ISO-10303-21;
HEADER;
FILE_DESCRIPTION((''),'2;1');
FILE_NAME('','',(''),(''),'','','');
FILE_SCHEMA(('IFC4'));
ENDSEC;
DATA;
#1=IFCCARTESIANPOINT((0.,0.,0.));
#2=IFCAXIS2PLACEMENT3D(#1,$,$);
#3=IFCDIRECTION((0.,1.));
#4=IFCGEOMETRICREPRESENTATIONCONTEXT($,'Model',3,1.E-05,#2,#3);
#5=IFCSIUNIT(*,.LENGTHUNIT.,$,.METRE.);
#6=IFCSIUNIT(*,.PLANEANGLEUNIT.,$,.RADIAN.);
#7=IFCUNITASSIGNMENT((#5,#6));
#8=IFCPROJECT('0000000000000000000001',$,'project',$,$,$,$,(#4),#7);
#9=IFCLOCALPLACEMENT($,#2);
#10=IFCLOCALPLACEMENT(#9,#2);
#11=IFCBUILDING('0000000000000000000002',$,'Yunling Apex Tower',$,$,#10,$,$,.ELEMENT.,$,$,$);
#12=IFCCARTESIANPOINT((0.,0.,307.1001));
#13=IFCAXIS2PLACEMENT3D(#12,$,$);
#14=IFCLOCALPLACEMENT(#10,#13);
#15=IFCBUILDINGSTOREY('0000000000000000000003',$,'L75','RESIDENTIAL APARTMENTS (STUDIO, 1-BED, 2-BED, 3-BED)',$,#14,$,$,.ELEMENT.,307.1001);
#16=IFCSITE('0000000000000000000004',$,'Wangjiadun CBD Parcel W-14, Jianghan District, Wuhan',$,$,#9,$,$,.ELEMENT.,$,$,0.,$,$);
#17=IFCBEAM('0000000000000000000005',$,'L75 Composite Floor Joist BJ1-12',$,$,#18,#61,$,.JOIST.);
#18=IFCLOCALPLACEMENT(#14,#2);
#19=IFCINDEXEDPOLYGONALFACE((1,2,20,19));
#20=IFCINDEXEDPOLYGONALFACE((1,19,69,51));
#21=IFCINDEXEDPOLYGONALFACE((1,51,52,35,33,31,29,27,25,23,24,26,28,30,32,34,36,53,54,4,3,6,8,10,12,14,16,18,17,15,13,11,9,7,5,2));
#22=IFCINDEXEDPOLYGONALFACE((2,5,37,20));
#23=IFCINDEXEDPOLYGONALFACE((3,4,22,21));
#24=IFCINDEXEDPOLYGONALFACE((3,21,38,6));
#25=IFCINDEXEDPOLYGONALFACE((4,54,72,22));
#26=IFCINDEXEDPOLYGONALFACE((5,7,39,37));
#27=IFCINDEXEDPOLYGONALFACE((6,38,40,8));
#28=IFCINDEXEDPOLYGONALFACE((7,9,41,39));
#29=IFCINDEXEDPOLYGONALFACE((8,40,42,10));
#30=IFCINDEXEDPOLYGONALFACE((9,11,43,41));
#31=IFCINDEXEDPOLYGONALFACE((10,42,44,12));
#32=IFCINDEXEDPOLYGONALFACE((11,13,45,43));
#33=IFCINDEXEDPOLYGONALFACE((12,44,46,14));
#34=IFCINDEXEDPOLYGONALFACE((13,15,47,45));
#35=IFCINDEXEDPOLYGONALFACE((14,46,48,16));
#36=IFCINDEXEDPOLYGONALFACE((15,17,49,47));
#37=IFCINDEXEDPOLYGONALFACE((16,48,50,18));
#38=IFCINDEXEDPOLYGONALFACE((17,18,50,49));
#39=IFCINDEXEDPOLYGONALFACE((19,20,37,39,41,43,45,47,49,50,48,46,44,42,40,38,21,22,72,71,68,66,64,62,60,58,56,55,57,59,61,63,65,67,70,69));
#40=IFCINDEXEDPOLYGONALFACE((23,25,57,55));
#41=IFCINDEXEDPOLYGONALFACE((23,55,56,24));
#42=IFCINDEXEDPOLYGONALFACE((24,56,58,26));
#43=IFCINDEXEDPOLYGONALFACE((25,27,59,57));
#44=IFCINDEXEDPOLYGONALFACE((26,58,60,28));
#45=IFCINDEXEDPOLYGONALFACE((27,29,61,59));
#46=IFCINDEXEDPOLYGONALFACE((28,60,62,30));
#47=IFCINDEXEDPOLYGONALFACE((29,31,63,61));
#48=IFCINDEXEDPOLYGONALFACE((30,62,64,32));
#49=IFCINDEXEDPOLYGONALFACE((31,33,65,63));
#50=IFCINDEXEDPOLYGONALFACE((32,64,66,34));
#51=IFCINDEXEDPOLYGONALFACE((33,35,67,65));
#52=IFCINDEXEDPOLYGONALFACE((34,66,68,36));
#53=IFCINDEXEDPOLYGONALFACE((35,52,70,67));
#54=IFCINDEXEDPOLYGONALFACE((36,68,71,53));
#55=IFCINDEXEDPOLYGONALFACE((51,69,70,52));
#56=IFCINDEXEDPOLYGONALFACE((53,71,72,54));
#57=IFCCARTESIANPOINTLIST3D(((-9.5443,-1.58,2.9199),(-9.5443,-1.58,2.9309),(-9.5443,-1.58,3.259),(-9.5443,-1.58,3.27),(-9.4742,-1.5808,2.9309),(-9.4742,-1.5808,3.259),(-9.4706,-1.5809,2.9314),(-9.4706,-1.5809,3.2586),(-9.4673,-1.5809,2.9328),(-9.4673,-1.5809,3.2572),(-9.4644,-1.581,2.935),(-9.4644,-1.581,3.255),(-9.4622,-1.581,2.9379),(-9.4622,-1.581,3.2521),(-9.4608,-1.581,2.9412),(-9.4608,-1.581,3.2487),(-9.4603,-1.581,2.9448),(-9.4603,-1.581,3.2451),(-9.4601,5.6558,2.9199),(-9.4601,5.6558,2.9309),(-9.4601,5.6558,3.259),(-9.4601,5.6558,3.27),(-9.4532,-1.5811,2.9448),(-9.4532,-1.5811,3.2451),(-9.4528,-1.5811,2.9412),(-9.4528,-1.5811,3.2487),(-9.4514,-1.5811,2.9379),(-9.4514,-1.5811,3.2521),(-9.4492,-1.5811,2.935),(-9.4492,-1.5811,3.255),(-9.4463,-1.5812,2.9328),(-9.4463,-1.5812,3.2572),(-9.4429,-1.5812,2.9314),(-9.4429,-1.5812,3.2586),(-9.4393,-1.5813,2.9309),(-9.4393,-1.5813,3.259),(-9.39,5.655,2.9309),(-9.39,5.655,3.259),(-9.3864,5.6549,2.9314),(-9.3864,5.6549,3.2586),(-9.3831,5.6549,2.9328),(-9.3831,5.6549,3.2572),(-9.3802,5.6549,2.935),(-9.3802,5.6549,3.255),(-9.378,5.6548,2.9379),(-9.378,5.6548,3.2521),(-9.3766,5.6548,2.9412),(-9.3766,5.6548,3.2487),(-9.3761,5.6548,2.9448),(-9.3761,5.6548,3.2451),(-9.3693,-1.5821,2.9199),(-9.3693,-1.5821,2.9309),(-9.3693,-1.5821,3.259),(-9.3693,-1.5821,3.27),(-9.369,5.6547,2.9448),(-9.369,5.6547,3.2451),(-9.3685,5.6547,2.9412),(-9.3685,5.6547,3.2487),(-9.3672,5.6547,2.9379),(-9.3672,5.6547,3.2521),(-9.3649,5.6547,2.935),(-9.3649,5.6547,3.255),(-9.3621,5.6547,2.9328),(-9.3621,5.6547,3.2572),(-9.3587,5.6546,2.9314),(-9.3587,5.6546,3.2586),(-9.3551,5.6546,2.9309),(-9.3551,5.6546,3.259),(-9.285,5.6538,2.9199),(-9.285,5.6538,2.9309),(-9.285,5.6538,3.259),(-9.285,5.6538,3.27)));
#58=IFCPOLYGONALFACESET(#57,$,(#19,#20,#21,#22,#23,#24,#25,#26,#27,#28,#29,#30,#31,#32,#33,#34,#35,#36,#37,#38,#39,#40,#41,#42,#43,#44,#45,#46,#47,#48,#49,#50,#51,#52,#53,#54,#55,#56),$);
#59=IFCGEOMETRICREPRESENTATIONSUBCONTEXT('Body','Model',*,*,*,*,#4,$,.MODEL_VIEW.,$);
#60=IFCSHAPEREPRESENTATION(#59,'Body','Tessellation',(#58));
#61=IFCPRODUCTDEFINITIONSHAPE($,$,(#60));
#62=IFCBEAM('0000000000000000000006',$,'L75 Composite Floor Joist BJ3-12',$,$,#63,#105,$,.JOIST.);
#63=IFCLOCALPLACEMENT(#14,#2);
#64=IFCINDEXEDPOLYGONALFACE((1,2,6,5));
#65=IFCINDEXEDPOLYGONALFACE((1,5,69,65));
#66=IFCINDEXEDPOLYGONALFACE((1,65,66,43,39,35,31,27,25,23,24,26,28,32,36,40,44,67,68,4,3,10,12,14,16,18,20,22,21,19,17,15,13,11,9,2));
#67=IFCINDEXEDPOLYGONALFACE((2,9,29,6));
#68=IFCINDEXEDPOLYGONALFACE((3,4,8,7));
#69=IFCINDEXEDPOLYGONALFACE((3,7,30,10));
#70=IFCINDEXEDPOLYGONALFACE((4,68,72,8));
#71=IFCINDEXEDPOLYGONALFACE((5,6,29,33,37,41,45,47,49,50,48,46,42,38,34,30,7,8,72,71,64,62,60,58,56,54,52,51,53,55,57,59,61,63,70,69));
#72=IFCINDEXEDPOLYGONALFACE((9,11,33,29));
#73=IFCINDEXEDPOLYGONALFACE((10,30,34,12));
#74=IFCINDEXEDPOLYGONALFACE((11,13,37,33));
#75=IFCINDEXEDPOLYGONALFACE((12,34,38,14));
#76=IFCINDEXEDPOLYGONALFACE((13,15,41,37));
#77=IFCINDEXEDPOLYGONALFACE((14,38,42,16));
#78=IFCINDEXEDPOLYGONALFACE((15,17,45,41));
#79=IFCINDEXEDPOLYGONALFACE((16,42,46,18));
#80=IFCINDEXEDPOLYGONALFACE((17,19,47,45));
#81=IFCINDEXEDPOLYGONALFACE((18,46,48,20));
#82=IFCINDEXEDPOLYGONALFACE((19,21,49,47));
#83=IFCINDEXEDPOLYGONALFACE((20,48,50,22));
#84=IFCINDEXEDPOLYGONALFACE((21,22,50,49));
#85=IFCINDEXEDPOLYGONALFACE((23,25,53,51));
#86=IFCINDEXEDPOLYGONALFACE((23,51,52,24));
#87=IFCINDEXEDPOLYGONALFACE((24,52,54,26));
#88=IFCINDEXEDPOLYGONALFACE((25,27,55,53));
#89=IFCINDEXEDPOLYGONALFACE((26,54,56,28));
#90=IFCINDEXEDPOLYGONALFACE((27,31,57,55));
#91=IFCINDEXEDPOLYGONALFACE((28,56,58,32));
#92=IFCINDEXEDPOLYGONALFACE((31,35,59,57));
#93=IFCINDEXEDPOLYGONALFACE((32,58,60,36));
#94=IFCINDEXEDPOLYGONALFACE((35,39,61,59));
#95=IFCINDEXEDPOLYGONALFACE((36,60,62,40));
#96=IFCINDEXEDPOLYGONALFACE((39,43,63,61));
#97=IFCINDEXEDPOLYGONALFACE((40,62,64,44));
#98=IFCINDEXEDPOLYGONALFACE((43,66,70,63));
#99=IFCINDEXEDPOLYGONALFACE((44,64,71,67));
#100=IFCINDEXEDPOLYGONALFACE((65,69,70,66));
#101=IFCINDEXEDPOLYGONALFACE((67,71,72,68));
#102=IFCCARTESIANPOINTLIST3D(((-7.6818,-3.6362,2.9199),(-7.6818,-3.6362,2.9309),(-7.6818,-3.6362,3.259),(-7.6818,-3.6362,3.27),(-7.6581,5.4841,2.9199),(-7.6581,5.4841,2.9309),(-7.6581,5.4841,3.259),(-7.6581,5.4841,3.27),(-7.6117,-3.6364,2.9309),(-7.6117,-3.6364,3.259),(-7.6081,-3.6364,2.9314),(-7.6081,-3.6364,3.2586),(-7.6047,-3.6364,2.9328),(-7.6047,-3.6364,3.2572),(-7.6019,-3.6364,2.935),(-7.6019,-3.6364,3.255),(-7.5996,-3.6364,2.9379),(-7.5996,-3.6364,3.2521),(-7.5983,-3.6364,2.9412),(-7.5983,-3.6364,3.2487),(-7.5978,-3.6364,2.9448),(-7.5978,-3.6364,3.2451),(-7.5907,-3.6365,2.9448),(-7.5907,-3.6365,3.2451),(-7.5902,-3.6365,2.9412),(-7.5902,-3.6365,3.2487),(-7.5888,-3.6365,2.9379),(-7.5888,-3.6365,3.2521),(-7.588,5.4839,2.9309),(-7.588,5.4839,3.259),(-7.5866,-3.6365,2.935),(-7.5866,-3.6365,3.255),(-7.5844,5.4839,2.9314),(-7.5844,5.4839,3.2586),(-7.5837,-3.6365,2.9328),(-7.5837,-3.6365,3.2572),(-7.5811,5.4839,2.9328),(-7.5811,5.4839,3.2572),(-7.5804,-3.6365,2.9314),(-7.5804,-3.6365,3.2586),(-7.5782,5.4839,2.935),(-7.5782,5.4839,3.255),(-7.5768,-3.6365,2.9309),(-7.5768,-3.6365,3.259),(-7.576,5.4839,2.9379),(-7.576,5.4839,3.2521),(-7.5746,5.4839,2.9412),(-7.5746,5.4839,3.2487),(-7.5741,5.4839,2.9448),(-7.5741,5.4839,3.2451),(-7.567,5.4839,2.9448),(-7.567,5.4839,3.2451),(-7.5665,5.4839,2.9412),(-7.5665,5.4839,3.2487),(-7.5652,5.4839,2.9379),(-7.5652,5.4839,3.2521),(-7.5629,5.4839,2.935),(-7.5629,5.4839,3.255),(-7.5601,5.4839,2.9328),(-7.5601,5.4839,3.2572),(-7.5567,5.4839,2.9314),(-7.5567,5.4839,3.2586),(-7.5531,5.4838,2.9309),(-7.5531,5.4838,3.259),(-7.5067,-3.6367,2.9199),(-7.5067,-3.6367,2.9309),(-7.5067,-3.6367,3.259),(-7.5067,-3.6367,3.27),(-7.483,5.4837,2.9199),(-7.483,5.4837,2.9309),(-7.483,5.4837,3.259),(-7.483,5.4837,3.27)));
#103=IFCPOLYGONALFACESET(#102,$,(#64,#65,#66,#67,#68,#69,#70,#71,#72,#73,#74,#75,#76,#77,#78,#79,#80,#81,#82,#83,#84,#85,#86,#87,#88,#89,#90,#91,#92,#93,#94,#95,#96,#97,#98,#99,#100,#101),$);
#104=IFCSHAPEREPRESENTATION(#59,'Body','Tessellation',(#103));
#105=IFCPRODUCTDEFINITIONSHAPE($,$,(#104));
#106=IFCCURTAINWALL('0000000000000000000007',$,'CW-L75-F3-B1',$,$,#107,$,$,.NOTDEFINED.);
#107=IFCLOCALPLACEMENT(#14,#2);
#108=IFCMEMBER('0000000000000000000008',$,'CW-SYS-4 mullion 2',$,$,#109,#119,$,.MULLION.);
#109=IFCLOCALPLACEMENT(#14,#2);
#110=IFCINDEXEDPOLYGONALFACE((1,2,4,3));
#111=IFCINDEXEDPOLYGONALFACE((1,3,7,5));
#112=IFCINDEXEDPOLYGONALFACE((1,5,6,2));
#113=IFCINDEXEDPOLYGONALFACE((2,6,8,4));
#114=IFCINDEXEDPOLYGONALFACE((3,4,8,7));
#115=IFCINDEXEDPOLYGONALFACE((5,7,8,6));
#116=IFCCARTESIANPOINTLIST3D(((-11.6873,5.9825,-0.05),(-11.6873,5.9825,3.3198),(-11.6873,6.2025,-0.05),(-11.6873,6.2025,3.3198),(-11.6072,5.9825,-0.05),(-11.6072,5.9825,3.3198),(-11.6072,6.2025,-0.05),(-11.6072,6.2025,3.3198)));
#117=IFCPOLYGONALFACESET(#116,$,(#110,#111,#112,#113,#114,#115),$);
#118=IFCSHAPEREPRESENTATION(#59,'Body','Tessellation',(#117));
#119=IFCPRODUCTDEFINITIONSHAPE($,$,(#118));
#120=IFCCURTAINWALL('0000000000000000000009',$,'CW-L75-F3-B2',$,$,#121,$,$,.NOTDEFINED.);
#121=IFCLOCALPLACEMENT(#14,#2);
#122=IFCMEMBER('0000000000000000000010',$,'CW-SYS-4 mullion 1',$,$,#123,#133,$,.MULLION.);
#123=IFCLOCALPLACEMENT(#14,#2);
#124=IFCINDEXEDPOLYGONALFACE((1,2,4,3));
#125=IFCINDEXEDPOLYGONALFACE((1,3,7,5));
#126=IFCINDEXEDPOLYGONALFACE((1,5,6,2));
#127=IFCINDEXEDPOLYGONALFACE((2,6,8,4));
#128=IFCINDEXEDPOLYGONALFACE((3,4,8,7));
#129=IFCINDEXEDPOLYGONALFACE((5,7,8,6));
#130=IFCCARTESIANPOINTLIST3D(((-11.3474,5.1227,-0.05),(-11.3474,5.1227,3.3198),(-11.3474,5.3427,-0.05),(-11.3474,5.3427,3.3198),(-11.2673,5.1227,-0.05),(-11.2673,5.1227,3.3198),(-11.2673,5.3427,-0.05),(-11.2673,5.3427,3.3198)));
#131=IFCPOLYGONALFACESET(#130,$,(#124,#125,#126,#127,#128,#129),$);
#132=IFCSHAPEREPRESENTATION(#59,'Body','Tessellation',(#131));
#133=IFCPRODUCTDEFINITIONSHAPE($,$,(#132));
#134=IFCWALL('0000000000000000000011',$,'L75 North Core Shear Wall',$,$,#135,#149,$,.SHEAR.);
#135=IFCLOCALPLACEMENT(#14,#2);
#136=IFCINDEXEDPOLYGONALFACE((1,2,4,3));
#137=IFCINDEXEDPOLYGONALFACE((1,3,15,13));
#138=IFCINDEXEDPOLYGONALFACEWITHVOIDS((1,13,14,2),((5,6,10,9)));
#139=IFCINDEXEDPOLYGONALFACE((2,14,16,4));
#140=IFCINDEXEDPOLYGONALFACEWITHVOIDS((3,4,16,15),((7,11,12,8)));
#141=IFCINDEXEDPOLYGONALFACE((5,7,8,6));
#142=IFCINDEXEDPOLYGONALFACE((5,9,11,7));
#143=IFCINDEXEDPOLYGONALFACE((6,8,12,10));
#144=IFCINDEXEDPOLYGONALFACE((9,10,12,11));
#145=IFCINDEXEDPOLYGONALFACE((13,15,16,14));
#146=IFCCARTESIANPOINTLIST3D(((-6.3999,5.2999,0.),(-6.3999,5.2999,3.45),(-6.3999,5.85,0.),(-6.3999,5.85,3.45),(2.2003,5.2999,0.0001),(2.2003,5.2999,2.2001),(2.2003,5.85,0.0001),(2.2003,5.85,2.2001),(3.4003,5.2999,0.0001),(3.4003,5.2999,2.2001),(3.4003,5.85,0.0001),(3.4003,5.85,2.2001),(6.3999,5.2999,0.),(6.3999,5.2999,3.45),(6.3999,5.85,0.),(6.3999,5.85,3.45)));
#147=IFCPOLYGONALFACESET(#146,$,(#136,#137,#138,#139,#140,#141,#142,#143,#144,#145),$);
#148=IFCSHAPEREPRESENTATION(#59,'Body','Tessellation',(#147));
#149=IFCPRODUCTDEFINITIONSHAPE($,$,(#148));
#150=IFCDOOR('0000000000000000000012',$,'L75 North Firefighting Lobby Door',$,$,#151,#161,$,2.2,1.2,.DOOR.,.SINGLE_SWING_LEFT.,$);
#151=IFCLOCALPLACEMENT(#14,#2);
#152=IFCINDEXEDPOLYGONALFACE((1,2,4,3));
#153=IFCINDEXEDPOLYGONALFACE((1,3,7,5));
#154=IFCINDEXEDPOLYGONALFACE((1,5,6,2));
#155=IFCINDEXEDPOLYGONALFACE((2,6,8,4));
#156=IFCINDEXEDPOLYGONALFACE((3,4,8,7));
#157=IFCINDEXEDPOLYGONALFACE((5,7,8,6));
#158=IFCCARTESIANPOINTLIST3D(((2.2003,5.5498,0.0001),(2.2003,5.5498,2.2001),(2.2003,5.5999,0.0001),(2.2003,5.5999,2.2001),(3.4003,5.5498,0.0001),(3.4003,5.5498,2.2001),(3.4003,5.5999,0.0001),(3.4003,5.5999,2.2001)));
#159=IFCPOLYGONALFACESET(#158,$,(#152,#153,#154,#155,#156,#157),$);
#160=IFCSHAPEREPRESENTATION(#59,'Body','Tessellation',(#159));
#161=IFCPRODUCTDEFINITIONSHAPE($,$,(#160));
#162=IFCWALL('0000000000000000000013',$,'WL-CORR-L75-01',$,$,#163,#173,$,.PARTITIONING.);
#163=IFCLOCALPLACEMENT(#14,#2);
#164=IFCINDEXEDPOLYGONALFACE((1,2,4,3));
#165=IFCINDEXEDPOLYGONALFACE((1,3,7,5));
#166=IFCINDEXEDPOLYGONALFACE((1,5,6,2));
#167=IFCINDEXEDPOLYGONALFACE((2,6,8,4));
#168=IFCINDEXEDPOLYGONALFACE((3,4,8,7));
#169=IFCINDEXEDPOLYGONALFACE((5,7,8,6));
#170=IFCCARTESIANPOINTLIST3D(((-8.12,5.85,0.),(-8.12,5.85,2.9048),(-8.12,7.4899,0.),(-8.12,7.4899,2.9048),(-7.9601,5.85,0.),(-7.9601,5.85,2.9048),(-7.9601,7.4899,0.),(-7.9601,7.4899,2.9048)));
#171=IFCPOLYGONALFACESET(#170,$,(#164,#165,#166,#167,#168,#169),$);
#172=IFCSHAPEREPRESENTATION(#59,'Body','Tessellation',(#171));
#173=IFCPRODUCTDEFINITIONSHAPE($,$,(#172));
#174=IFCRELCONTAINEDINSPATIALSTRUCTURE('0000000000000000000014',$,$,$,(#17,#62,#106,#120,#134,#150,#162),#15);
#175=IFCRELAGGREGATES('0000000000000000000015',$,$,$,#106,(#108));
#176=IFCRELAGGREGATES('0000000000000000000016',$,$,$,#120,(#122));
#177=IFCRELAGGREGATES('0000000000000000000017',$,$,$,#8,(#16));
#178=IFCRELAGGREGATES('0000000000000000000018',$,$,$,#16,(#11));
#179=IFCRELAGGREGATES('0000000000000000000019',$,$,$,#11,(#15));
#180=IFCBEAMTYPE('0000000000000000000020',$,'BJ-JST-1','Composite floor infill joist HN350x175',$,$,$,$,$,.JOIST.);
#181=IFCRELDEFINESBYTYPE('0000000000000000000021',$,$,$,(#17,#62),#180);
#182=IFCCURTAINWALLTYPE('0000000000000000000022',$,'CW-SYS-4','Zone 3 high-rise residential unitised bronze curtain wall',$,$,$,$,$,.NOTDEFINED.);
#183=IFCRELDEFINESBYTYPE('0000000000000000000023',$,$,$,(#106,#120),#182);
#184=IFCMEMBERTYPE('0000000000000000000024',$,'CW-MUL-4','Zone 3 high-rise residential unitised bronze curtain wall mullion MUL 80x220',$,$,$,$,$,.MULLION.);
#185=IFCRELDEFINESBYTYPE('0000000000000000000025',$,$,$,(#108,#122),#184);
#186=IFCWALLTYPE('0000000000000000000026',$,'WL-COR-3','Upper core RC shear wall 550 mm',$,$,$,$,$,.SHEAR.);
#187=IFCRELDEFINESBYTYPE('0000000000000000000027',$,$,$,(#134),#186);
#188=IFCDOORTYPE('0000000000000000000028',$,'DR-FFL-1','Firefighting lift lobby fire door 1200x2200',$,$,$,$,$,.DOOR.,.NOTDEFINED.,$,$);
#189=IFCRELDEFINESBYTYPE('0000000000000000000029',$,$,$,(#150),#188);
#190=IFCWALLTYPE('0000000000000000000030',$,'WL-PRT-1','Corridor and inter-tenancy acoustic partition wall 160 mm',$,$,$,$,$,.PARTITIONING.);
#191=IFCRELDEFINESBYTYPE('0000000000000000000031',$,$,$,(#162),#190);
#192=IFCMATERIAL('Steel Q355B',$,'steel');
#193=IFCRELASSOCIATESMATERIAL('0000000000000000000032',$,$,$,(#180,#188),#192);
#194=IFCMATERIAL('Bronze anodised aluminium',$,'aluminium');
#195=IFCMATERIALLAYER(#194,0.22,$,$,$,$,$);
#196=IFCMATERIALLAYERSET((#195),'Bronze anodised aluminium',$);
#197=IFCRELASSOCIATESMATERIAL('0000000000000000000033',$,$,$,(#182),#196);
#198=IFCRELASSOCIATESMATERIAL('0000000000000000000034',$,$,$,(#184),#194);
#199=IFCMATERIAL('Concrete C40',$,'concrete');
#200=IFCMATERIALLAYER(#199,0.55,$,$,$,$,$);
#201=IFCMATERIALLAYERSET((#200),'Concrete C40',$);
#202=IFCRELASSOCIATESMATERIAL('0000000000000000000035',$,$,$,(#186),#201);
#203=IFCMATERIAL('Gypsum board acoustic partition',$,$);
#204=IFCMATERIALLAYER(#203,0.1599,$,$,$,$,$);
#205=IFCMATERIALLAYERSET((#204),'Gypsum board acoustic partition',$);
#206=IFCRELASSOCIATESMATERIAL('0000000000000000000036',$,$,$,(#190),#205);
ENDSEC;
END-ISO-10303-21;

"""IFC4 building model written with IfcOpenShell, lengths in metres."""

from ifc_helpers import new_model, si_unit, direction, frame, frame_2d, origin, origin_2d, place, context, subcontext, project, spatial, rectangle, i_section, extrude, source, transform, mapped, material, layer, layer_set, material_profile, profile_set, type_object, element, fill, aggregate, save


model = new_model("IFC4")

# Units and contexts
model_context = context("Model", 3, precision=1e-05, world=origin(), true_north=direction((0.0, 1.0)))
body_context = subcontext(model_context, "Body", "Model", "MODEL_VIEW")
ifc_project = project(units=[si_unit("LENGTHUNIT", "METRE"), si_unit("PLANEANGLEUNIT", "RADIAN")], contexts=[model_context])

# Site, building, storey
site_placement = place(None, origin())
site = spatial("IfcSite", under=ifc_project, at=site_placement, Name="Wangjiadun CBD Parcel W-14, Jianghan District, Wuhan", CompositionType="ELEMENT", RefElevation=0.0)
building_placement = place(site_placement, origin())
building = spatial("IfcBuilding", under=site, at=building_placement, Name="Yunling Apex Tower", CompositionType="ELEMENT")
storey_placement = place(building_placement, frame((0.0, 0.0, 307.1001)))
storey = spatial("IfcBuildingStorey", under=building, at=storey_placement, Name="L75", Description="RESIDENTIAL APARTMENTS (STUDIO, 1-BED, 2-BED, 3-BED)", CompositionType="ELEMENT", Elevation=307.1001)

# Shared definitions
ifc_material_1 = material(Name="Steel Q355B", Category="steel")

# Beams
ifc_material_profile_1 = material_profile(ifc_material_1, i_section(OverallWidth=0.175, OverallDepth=0.3501, WebThickness=0.0071, FlangeThickness=0.011, FilletRadius=0.0139, at=origin_2d()))
ifc_profile_set_1 = profile_set([ifc_material_profile_1], Name="Steel Q355B")
beam_type_1 = type_object("IfcBeamType", Name="BJ-JST-1", Description="Composite floor infill joist HN350x175", PredefinedType="JOIST", material=ifc_profile_set_1)
shared_shape_1 = source(origin(), body_context, "Body", "SweptSolid", [
    extrude(i_section(OverallWidth=0.175, OverallDepth=0.3501, WebThickness=0.0071, FlangeThickness=0.011, FilletRadius=0.0139, at=origin_2d()), origin(), (0.0, 0.0, 1.0), 7.2363),
])
beam_1_placement = place(storey_placement, frame((-9.3726, 5.6548, 3.095), z_axis=(-0.01164, -0.999932, 0.0), x_axis=(0.999932, -0.01164, 0.0)))
element("IfcBeam", 1, at=beam_1_placement, inside=storey, type_object=beam_type_1, Name="L75 Composite Floor Joist BJ1-12", PredefinedType="JOIST", context=body_context, shape_type="MappedRepresentation", body=[
    mapped(shared_shape_1, transform((0.0, 0.0, 0.0), scale=1.0)),
])
shared_shape_2 = source(origin(), body_context, "Body", "SweptSolid", [
    extrude(i_section(OverallWidth=0.175, OverallDepth=0.3501, WebThickness=0.0071, FlangeThickness=0.011, FilletRadius=0.0139, at=origin_2d()), origin(), (0.0, 0.0, 1.0), 9.1204),
])
beam_2_placement = place(storey_placement, frame((-7.5706, 5.4839, 3.095), z_axis=(-0.002597, -0.999997, 0.0), x_axis=(0.999997, -0.002597, 0.0)))
element("IfcBeam", 2, at=beam_2_placement, inside=storey, type_object=beam_type_1, Name="L75 Composite Floor Joist BJ3-12", PredefinedType="JOIST", context=body_context, shape_type="MappedRepresentation", body=[
    mapped(shared_shape_2, transform((0.0, 0.0, 0.0), scale=1.0)),
])

# Curtain walls, members
ifc_material_2 = material(Name="Bronze anodised aluminium", Category="aluminium")
ifc_layer_1 = layer(ifc_material_2, 0.22)
ifc_layer_set_1 = layer_set([ifc_layer_1], Name="Bronze anodised aluminium")
curtain_wall_type = type_object("IfcCurtainWallType", Name="CW-SYS-4", Description="Zone 3 high-rise residential unitised bronze curtain wall", PredefinedType="NOTDEFINED", material=ifc_layer_set_1)
curtain_wall_1_placement = place(storey_placement, origin())
curtain_wall_1 = element("IfcCurtainWall", 3, at=curtain_wall_1_placement, inside=storey, type_object=curtain_wall_type, Name="CW-L75-F3-B1", PredefinedType="NOTDEFINED")
ifc_material_profile_2 = material_profile(ifc_material_2, rectangle(XDim=0.0801, YDim=0.22, at=origin_2d()))
ifc_profile_set_2 = profile_set([ifc_material_profile_2], Name="Bronze anodised aluminium")
member_type = type_object("IfcMemberType", Name="CW-MUL-4", Description="Zone 3 high-rise residential unitised bronze curtain wall mullion MUL 80x220", PredefinedType="MULLION", material=ifc_profile_set_2)
shared_shape_3 = source(origin(), body_context, "Body", "SweptSolid", [
    extrude(rectangle(XDim=0.0801, YDim=0.22, at=origin_2d()), origin(), (0.0, 0.0, 1.0), 3.3699),
])
member_1_placement = place(storey_placement, frame((-11.6472, 6.0925, -0.05), z_axis=(0.0, 0.0, 1.0), x_axis=(1.0, 0.0, 0.0)))
member_1 = element("IfcMember", 4, at=member_1_placement, type_object=member_type, Name="CW-SYS-4 mullion 2", PredefinedType="MULLION", context=body_context, shape_type="MappedRepresentation", body=[
    mapped(shared_shape_3, transform((0.0, 0.0, 0.0), scale=1.0)),
])
aggregate(curtain_wall_1, [member_1])
curtain_wall_2_placement = place(storey_placement, origin())
curtain_wall_2 = element("IfcCurtainWall", 5, at=curtain_wall_2_placement, inside=storey, type_object=curtain_wall_type, Name="CW-L75-F3-B2", PredefinedType="NOTDEFINED")
member_2_placement = place(storey_placement, frame((-11.3074, 5.2327, -0.05), z_axis=(0.0, 0.0, 1.0), x_axis=(1.0, 0.0, 0.0)))
member_2 = element("IfcMember", 6, at=member_2_placement, type_object=member_type, Name="CW-SYS-4 mullion 1", PredefinedType="MULLION", context=body_context, shape_type="MappedRepresentation", body=[
    mapped(shared_shape_3, transform((0.0, 0.0, 0.0), scale=1.0)),
])
aggregate(curtain_wall_2, [member_2])

# Wall, opening, door
ifc_material_3 = material(Name="Concrete C40", Category="concrete")
ifc_layer_2 = layer(ifc_material_3, 0.55)
ifc_layer_set_2 = layer_set([ifc_layer_2], Name="Concrete C40")
wall_type_1 = type_object("IfcWallType", Name="WL-COR-3", Description="Upper core RC shear wall 550 mm", PredefinedType="SHEAR", material=ifc_layer_set_2)
wall_1_placement = place(storey_placement, frame((-6.3999, 5.575, 0.0), z_axis=(0.0, 0.0, 1.0), x_axis=(1.0, 0.0, 0.0)))
wall_1 = element("IfcWall", 7, at=wall_1_placement, inside=storey, type_object=wall_type_1, Name="L75 North Core Shear Wall", PredefinedType="SHEAR", context=body_context, shape_type="SweptSolid", body=[
    extrude(rectangle(XDim=12.7998, YDim=0.55, at=frame_2d((6.3999, 0.0))), origin(), (0.0, 0.0, 1.0), 3.45),
])
opening_1_placement = place(wall_1_placement, frame((8.6001, 0.0, 0.0)))
opening_1 = element("IfcOpeningElement", 8, at=opening_1_placement, cuts=wall_1, PredefinedType="OPENING", context=body_context, shape_type="SweptSolid", body=[
    extrude(rectangle(XDim=1.2, YDim=2.2, at=frame_2d((0.6001, 1.1001))), frame((0.0, 0.2852, 0.0), z_axis=(0.0, -1.0, 0.0), x_axis=(1.0, 0.0, 0.0)), (0.0, 0.0, 1.0), 0.5701),
])
door_type_1 = type_object("IfcDoorType", Name="DR-FFL-1", Description="Firefighting lift lobby fire door 1200x2200", OperationType="NOTDEFINED", PredefinedType="DOOR", material=ifc_material_1)
door_1_placement = place(opening_1_placement, origin())
door_1 = element("IfcDoor", 9, at=door_1_placement, inside=storey, type_object=door_type_1, Name="L75 North Firefighting Lobby Door", OperationType="SINGLE_SWING_LEFT", OverallHeight=2.2, OverallWidth=1.2, PredefinedType="DOOR", context=body_context, shape_type="SweptSolid", body=[
    extrude(rectangle(XDim=1.2, YDim=2.2, at=frame_2d((0.6001, 1.1001))), frame((0.0, 0.0249, 0.0), z_axis=(0.0, -1.0, 0.0), x_axis=(1.0, 0.0, 0.0)), (0.0, 0.0, 1.0), 0.05),
])
fill(opening_1, door_1)

# Wall
ifc_material_4 = material(Name="Gypsum board acoustic partition")
ifc_layer_3 = layer(ifc_material_4, 0.1599)
ifc_layer_set_3 = layer_set([ifc_layer_3], Name="Gypsum board acoustic partition")
wall_type_2 = type_object("IfcWallType", Name="WL-PRT-1", Description="Corridor and inter-tenancy acoustic partition wall 160 mm", PredefinedType="PARTITIONING", material=ifc_layer_set_3)
wall_2_placement = place(storey_placement, frame((-8.04, 5.8501, 0.0), z_axis=(0.0, 0.0, 1.0), x_axis=(0.0, 1.0, 0.0)))
element("IfcWall", 10, at=wall_2_placement, inside=storey, type_object=wall_type_2, Name="WL-CORR-L75-01", PredefinedType="PARTITIONING", context=body_context, shape_type="SweptSolid", body=[
    extrude(rectangle(XDim=1.6399, YDim=0.1599, at=frame_2d((0.8198, 0.0))), origin(), (0.0, 0.0, 1.0), 2.9048),
])

save(model, "model.ifc")
